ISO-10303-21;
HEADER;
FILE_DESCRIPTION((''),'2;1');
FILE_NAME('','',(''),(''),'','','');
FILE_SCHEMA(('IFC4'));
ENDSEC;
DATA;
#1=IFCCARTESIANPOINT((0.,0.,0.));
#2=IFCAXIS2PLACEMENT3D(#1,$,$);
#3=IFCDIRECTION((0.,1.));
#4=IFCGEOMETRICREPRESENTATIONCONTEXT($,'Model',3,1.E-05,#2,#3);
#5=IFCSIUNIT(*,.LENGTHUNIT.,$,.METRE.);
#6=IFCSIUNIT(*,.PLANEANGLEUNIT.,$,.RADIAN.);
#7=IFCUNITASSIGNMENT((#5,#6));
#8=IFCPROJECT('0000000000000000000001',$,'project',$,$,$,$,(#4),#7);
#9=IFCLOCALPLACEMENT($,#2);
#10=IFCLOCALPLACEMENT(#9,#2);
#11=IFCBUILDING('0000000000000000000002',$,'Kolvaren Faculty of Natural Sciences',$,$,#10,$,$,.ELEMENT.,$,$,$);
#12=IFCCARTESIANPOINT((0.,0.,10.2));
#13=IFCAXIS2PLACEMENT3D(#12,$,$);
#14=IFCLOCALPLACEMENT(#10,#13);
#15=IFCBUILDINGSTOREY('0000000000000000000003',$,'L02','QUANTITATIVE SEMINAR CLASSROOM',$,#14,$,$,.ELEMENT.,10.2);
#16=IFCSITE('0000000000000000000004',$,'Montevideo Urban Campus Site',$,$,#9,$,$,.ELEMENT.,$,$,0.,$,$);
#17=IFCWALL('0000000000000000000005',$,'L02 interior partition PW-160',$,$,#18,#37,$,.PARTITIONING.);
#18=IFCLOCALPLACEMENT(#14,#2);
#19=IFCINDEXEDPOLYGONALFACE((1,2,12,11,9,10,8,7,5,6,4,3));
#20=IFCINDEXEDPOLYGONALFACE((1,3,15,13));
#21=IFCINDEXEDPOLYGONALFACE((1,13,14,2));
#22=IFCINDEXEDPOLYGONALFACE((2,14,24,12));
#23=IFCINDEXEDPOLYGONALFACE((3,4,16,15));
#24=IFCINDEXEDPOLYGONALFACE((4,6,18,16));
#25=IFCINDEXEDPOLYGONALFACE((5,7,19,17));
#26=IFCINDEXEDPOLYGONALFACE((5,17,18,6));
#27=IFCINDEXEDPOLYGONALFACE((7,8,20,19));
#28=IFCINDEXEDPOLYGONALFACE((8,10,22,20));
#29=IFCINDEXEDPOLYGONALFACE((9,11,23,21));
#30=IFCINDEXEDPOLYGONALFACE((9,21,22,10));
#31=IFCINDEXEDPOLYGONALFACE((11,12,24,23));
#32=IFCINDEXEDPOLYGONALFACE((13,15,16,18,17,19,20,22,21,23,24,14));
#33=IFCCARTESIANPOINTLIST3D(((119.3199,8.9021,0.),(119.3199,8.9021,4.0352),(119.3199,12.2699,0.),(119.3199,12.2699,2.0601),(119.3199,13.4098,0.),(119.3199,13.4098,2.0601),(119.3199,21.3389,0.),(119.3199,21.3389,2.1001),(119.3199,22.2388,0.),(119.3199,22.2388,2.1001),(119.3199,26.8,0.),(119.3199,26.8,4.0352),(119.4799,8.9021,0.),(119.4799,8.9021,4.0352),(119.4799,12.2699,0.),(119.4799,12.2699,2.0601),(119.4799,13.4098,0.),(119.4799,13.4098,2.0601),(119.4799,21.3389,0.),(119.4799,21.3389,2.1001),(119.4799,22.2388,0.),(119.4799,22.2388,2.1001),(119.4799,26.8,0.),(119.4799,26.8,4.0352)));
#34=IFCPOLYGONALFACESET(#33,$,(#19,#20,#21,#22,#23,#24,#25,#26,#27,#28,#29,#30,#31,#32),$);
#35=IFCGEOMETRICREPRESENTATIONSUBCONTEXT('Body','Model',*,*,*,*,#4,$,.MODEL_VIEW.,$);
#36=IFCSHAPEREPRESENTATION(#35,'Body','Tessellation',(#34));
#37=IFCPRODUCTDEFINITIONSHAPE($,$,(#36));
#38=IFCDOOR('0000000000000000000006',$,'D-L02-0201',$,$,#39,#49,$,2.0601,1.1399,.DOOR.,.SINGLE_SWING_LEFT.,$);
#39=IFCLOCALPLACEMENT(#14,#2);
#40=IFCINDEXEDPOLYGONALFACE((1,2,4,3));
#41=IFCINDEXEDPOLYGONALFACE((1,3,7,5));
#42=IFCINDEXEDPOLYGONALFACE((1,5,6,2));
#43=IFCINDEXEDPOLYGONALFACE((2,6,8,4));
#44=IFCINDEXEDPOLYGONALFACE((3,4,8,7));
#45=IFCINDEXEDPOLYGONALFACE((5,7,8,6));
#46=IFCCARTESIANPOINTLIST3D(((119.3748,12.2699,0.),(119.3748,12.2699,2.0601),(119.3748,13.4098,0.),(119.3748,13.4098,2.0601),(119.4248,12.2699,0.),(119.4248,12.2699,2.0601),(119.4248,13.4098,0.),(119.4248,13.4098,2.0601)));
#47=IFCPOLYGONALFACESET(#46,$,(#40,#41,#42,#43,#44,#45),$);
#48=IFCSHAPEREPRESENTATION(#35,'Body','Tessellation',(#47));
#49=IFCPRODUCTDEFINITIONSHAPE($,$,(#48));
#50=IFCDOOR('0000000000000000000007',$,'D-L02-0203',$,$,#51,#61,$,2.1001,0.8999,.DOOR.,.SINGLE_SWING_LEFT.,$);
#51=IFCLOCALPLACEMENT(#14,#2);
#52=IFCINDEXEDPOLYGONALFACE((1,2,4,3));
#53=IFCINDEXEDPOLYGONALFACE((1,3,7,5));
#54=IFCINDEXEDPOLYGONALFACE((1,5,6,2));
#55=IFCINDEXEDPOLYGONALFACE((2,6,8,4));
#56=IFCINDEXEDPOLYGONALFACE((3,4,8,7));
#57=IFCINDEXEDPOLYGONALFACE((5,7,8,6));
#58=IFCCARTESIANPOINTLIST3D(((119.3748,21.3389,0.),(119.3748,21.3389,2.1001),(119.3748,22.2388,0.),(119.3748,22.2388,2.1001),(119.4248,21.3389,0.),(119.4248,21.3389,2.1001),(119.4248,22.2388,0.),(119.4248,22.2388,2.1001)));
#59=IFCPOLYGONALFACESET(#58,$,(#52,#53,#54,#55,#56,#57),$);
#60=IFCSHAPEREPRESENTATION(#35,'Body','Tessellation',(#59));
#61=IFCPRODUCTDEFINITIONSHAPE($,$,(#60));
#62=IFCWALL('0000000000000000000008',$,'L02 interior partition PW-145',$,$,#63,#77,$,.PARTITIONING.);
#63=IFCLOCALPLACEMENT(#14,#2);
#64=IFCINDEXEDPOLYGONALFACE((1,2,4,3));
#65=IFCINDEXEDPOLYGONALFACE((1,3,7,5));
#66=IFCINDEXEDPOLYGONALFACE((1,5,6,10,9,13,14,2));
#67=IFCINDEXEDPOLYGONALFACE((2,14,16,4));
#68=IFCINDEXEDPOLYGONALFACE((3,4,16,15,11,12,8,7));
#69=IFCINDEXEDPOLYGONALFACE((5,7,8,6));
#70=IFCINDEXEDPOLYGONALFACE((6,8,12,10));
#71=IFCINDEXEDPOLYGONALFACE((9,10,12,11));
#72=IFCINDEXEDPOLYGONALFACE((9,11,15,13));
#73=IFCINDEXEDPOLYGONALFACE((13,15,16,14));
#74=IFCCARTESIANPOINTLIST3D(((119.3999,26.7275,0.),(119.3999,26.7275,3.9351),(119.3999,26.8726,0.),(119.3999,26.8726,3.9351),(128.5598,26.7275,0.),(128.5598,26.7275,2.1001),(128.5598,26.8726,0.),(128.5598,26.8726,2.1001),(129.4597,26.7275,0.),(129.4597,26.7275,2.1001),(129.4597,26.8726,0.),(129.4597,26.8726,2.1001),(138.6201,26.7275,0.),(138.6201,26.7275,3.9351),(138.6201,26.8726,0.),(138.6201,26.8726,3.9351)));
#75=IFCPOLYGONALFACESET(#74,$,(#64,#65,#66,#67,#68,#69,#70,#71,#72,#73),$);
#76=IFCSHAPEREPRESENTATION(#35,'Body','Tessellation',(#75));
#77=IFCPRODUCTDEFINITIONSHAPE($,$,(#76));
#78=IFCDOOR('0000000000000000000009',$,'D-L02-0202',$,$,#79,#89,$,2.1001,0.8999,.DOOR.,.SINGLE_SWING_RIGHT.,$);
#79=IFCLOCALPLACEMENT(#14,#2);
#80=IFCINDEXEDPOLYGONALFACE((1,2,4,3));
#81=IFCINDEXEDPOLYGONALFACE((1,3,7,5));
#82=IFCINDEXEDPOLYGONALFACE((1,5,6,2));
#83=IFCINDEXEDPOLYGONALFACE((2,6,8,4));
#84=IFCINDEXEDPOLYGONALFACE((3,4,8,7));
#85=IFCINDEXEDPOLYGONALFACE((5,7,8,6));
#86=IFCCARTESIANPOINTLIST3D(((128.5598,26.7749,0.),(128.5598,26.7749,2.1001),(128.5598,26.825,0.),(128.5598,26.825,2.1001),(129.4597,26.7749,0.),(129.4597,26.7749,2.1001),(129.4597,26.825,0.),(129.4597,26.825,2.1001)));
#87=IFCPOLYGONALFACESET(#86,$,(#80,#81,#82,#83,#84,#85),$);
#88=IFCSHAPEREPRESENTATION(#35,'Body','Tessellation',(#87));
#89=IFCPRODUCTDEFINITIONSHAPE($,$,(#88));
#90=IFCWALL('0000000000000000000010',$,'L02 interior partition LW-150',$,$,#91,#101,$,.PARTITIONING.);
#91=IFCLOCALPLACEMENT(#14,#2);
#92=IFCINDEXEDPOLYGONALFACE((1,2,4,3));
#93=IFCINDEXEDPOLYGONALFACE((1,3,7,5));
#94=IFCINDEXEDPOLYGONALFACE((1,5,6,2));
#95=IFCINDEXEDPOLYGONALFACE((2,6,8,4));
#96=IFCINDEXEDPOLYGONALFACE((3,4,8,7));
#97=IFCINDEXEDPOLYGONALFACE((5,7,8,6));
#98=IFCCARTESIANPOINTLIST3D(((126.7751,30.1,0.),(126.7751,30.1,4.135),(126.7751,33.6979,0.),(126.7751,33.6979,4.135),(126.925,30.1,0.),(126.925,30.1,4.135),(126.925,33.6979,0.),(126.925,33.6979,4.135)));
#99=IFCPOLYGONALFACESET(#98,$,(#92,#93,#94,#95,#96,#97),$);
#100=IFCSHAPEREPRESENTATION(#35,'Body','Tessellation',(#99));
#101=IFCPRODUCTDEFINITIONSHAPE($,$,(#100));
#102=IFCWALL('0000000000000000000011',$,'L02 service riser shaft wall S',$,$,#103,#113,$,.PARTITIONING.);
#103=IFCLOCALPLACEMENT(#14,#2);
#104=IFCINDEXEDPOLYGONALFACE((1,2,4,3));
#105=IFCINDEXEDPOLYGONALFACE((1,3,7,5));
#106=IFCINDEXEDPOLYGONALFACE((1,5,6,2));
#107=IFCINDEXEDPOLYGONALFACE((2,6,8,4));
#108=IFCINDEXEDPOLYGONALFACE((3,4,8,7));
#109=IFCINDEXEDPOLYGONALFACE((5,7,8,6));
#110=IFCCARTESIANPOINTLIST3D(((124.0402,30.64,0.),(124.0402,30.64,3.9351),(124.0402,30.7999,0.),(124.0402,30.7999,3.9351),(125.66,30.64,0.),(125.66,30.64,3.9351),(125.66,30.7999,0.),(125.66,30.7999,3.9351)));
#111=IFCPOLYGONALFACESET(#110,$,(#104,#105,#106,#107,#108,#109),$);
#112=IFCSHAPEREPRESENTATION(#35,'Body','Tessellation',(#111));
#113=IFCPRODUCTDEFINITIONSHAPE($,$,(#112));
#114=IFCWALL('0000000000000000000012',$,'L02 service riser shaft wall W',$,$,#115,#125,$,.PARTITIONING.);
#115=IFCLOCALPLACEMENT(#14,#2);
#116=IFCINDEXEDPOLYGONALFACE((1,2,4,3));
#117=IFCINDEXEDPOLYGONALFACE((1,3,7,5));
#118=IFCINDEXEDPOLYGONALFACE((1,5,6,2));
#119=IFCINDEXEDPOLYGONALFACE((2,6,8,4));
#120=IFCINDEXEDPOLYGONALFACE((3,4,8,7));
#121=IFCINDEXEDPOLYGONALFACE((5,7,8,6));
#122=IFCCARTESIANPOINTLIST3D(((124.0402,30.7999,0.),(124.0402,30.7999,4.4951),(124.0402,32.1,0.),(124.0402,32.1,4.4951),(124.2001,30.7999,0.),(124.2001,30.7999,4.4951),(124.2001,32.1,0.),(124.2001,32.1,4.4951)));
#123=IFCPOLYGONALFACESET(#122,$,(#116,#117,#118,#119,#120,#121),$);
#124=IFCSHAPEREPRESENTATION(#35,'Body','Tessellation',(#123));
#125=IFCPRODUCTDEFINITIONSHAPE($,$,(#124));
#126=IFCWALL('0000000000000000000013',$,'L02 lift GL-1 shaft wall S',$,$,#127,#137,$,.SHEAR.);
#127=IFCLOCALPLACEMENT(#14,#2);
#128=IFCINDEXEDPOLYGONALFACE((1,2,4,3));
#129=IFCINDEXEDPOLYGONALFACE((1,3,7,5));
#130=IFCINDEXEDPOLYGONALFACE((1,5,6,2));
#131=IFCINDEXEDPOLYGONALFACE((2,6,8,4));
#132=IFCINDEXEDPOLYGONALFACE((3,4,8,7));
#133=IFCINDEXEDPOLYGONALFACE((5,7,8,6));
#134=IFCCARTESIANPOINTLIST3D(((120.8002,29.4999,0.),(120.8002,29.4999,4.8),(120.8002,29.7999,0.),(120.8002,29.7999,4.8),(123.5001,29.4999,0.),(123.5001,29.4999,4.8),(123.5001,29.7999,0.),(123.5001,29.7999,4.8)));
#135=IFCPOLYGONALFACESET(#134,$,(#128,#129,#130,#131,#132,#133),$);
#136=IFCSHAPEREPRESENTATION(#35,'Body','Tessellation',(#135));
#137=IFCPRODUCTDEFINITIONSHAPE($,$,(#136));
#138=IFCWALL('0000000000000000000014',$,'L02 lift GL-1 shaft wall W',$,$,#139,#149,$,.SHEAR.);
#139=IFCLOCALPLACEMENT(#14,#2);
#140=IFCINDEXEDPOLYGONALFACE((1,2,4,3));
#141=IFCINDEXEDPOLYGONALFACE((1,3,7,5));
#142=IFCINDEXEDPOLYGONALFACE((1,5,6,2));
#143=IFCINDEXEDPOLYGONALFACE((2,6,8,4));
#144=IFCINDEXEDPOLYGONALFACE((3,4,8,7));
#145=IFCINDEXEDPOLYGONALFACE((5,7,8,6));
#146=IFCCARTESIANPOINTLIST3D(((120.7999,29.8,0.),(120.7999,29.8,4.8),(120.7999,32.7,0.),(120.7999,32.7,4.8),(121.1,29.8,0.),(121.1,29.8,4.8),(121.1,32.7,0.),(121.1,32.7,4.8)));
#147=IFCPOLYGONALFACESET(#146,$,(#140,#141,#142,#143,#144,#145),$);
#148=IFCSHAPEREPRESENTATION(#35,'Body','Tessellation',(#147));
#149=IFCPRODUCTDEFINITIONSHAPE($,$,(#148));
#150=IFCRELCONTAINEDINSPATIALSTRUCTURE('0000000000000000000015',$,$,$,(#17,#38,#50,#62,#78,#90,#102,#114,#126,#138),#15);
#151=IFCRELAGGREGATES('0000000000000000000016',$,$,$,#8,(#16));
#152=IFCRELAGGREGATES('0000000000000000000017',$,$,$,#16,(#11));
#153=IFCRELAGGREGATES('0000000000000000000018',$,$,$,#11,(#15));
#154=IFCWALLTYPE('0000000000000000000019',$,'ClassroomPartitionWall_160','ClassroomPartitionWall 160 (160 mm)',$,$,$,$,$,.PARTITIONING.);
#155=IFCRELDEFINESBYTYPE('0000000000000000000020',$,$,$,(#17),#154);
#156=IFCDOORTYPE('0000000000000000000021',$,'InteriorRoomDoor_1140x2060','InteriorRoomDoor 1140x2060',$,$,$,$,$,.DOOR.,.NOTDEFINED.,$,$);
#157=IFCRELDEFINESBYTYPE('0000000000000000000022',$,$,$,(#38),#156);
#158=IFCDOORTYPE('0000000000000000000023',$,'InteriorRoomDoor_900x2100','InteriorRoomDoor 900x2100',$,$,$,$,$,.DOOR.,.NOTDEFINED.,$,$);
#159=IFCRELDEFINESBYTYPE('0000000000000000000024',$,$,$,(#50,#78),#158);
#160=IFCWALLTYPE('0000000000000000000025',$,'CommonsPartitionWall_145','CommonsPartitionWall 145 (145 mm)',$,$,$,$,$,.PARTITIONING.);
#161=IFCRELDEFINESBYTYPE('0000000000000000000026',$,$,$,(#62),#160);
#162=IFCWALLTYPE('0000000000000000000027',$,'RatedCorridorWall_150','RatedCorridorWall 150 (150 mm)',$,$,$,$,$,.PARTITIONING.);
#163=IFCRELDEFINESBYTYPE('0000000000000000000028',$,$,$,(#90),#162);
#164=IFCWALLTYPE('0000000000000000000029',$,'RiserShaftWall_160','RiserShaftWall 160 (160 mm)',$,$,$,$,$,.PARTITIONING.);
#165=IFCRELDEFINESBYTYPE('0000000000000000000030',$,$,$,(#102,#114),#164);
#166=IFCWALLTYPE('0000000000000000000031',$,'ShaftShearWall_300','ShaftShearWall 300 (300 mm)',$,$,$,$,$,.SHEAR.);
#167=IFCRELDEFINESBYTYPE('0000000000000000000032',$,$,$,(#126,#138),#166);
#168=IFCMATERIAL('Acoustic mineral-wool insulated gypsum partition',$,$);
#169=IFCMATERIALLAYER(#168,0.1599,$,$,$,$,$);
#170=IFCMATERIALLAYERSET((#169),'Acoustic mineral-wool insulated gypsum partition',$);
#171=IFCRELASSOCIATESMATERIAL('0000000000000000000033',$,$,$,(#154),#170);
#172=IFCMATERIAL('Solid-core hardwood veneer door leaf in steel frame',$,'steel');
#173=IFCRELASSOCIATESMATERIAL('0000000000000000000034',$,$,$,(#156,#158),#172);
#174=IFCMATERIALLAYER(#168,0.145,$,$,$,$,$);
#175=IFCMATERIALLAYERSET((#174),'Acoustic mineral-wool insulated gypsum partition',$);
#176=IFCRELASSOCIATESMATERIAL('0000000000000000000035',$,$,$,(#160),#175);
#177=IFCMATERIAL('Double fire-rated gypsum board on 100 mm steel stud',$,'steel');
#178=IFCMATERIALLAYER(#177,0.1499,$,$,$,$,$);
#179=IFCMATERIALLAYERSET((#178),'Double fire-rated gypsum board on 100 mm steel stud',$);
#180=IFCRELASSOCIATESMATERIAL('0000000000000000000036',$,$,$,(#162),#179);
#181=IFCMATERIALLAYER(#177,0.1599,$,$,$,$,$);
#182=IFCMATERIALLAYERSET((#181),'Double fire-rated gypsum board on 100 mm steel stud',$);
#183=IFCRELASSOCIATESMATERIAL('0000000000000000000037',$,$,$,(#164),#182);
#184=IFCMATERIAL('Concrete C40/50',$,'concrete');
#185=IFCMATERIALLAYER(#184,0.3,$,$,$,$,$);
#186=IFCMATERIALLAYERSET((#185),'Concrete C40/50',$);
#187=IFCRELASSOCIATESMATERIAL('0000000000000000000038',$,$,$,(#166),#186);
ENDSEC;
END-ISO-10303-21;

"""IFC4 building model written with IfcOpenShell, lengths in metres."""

from ifc_helpers import new_model, si_unit, direction, frame, frame_2d, origin, place, context, subcontext, project, spatial, rectangle, extrude, material, layer, layer_set, type_object, element, fill, save


model = new_model("IFC4")

# Units and contexts
model_context = context("Model", 3, precision=1e-05, world=origin(), true_north=direction((0.0, 1.0)))
body_context = subcontext(model_context, "Body", "Model", "MODEL_VIEW")
ifc_project = project(units=[si_unit("LENGTHUNIT", "METRE"), si_unit("PLANEANGLEUNIT", "RADIAN")], contexts=[model_context])

# Site, building, storey
site_placement = place(None, origin())
site = spatial("IfcSite", under=ifc_project, at=site_placement, Name="Montevideo Urban Campus Site", CompositionType="ELEMENT", RefElevation=0.0)
building_placement = place(site_placement, origin())
building = spatial("IfcBuilding", under=site, at=building_placement, Name="Kolvaren Faculty of Natural Sciences", CompositionType="ELEMENT")
storey_placement = place(building_placement, frame((0.0, 0.0, 10.2)))
storey = spatial("IfcBuildingStorey", under=building, at=storey_placement, Name="L02", Description="QUANTITATIVE SEMINAR CLASSROOM", CompositionType="ELEMENT", Elevation=10.2)

# Wall, openings, doors
ifc_material_1 = material(Name="Acoustic mineral-wool insulated gypsum partition")
ifc_layer_1 = layer(ifc_material_1, 0.1599)
ifc_layer_set_1 = layer_set([ifc_layer_1], Name="Acoustic mineral-wool insulated gypsum partition")
wall_type_1 = type_object("IfcWallType", Name="ClassroomPartitionWall_160", Description="ClassroomPartitionWall 160 (160 mm)", PredefinedType="PARTITIONING", material=ifc_layer_set_1)
wall_1_placement = place(storey_placement, frame((119.3999, 26.8, 0.0), z_axis=(0.0, 0.0, 1.0), x_axis=(0.0, -1.0, 0.0)))
wall_1 = element("IfcWall", 1, at=wall_1_placement, inside=storey, type_object=wall_type_1, Name="L02 interior partition PW-160", PredefinedType="PARTITIONING", context=body_context, shape_type="SweptSolid", body=[
    extrude(rectangle(XDim=17.8979, YDim=0.1599, at=frame_2d((8.949, 0.0))), origin(), (0.0, 0.0, 1.0), 4.0352),
])
opening_1_placement = place(wall_1_placement, frame((13.3904, 0.0, 0.0)))
opening_1 = element("IfcOpeningElement", 2, at=opening_1_placement, cuts=wall_1, PredefinedType="OPENING", context=body_context, shape_type="SweptSolid", body=[
    extrude(rectangle(XDim=1.1399, YDim=2.0601, at=frame_2d((0.5698, 1.03))), frame((0.0, 0.0898, 0.0), z_axis=(0.0, -1.0, 0.0), x_axis=(1.0, 0.0, 0.0)), (0.0, 0.0, 1.0), 0.1799),
])
opening_2_placement = place(wall_1_placement, frame((4.5613, 0.0, 0.0)))
opening_2 = element("IfcOpeningElement", 3, at=opening_2_placement, cuts=wall_1, PredefinedType="OPENING", context=body_context, shape_type="SweptSolid", body=[
    extrude(rectangle(XDim=0.8999, YDim=2.1001, at=frame_2d((0.45, 1.05))), frame((0.0, 0.0898, 0.0), z_axis=(0.0, -1.0, 0.0), x_axis=(1.0, 0.0, 0.0)), (0.0, 0.0, 1.0), 0.1799),
])
ifc_material_2 = material(Name="Solid-core hardwood veneer door leaf in steel frame", Category="steel")
door_type_1 = type_object("IfcDoorType", Name="InteriorRoomDoor_1140x2060", Description="InteriorRoomDoor 1140x2060", OperationType="NOTDEFINED", PredefinedType="DOOR", material=ifc_material_2)
door_1_placement = place(opening_1_placement, origin())
door_1 = element("IfcDoor", 4, at=door_1_placement, inside=storey, type_object=door_type_1, Name="D-L02-0201", OperationType="SINGLE_SWING_LEFT", OverallHeight=2.0601, OverallWidth=1.1399, PredefinedType="DOOR", context=body_context, shape_type="SweptSolid", body=[
    extrude(rectangle(XDim=1.1399, YDim=2.0601, at=frame_2d((0.5698, 1.03))), frame((0.0, 0.0249, 0.0), z_axis=(0.0, -1.0, 0.0), x_axis=(1.0, 0.0, 0.0)), (0.0, 0.0, 1.0), 0.05),
])
fill(opening_1, door_1)
door_type_2 = type_object("IfcDoorType", Name="InteriorRoomDoor_900x2100", Description="InteriorRoomDoor 900x2100", OperationType="NOTDEFINED", PredefinedType="DOOR", material=ifc_material_2)
door_2_placement = place(opening_2_placement, origin())
door_2 = element("IfcDoor", 5, at=door_2_placement, inside=storey, type_object=door_type_2, Name="D-L02-0203", OperationType="SINGLE_SWING_LEFT", OverallHeight=2.1001, OverallWidth=0.8999, PredefinedType="DOOR", context=body_context, shape_type="SweptSolid", body=[
    extrude(rectangle(XDim=0.8999, YDim=2.1001, at=frame_2d((0.45, 1.05))), frame((0.0, 0.0249, 0.0), z_axis=(0.0, -1.0, 0.0), x_axis=(1.0, 0.0, 0.0)), (0.0, 0.0, 1.0), 0.05),
])
fill(opening_2, door_2)

# Wall, opening, door
ifc_layer_2 = layer(ifc_material_1, 0.145)
ifc_layer_set_2 = layer_set([ifc_layer_2], Name="Acoustic mineral-wool insulated gypsum partition")
wall_type_2 = type_object("IfcWallType", Name="CommonsPartitionWall_145", Description="CommonsPartitionWall 145 (145 mm)", PredefinedType="PARTITIONING", material=ifc_layer_set_2)
wall_2_placement = place(storey_placement, frame((119.3999, 26.8, 0.0), z_axis=(0.0, 0.0, 1.0), x_axis=(1.0, 0.0, 0.0)))
wall_2 = element("IfcWall", 6, at=wall_2_placement, inside=storey, type_object=wall_type_2, Name="L02 interior partition PW-145", PredefinedType="PARTITIONING", context=body_context, shape_type="SweptSolid", body=[
    extrude(rectangle(XDim=19.2202, YDim=0.145, at=frame_2d((9.6101, 0.0))), origin(), (0.0, 0.0, 1.0), 3.9351),
])
opening_3_placement = place(wall_2_placement, frame((9.1599, 0.0, 0.0)))
opening_3 = element("IfcOpeningElement", 7, at=opening_3_placement, cuts=wall_2, PredefinedType="OPENING", context=body_context, shape_type="SweptSolid", body=[
    extrude(rectangle(XDim=0.8999, YDim=2.1001, at=frame_2d((0.45, 1.05))), frame((0.0, 0.0825, 0.0), z_axis=(0.0, -1.0, 0.0), x_axis=(1.0, 0.0, 0.0)), (0.0, 0.0, 1.0), 0.165),
])
door_3_placement = place(opening_3_placement, origin())
door_3 = element("IfcDoor", 8, at=door_3_placement, inside=storey, type_object=door_type_2, Name="D-L02-0202", OperationType="SINGLE_SWING_RIGHT", OverallHeight=2.1001, OverallWidth=0.8999, PredefinedType="DOOR", context=body_context, shape_type="SweptSolid", body=[
    extrude(rectangle(XDim=0.8999, YDim=2.1001, at=frame_2d((0.45, 1.05))), frame((0.0, 0.0249, 0.0), z_axis=(0.0, -1.0, 0.0), x_axis=(1.0, 0.0, 0.0)), (0.0, 0.0, 1.0), 0.05),
])
fill(opening_3, door_3)

# Walls
ifc_material_3 = material(Name="Double fire-rated gypsum board on 100 mm steel stud", Category="steel")
ifc_layer_3 = layer(ifc_material_3, 0.1499)
ifc_layer_set_3 = layer_set([ifc_layer_3], Name="Double fire-rated gypsum board on 100 mm steel stud")
wall_type_3 = type_object("IfcWallType", Name="RatedCorridorWall_150", Description="RatedCorridorWall 150 (150 mm)", PredefinedType="PARTITIONING", material=ifc_layer_set_3)
wall_3_placement = place(storey_placement, frame((126.8501, 30.1001, 0.0), z_axis=(0.0, 0.0, 1.0), x_axis=(0.0, 1.0, 0.0)))
element("IfcWall", 9, at=wall_3_placement, inside=storey, type_object=wall_type_3, Name="L02 interior partition LW-150", PredefinedType="PARTITIONING", context=body_context, shape_type="SweptSolid", body=[
    extrude(rectangle(XDim=3.5979, YDim=0.1499, at=frame_2d((1.7988, 0.0))), origin(), (0.0, 0.0, 1.0), 4.135),
])
ifc_layer_4 = layer(ifc_material_3, 0.1599)
ifc_layer_set_4 = layer_set([ifc_layer_4], Name="Double fire-rated gypsum board on 100 mm steel stud")
wall_type_4 = type_object("IfcWallType", Name="RiserShaftWall_160", Description="RiserShaftWall 160 (160 mm)", PredefinedType="PARTITIONING", material=ifc_layer_set_4)
wall_4_placement = place(storey_placement, frame((124.04, 30.72, 0.0), z_axis=(0.0, 0.0, 1.0), x_axis=(1.0, 0.0, 0.0)))
element("IfcWall", 10, at=wall_4_placement, inside=storey, type_object=wall_type_4, Name="L02 service riser shaft wall S", PredefinedType="PARTITIONING", context=body_context, shape_type="SweptSolid", body=[
    extrude(rectangle(XDim=1.6199, YDim=0.1599, at=frame_2d((0.8101, 0.0))), origin(), (0.0, 0.0, 1.0), 3.9351),
])
wall_5_placement = place(storey_placement, frame((124.1201, 30.8, 0.0), z_axis=(0.0, 0.0, 1.0), x_axis=(0.0, 1.0, 0.0)))
element("IfcWall", 11, at=wall_5_placement, inside=storey, type_object=wall_type_4, Name="L02 service riser shaft wall W", PredefinedType="PARTITIONING", context=body_context, shape_type="SweptSolid", body=[
    extrude(rectangle(XDim=1.3, YDim=0.1599, at=frame_2d((0.6499, 0.0))), origin(), (0.0, 0.0, 1.0), 4.4951),
])
ifc_material_4 = material(Name="Concrete C40/50", Category="concrete")
ifc_layer_5 = layer(ifc_material_4, 0.3)
ifc_layer_set_5 = layer_set([ifc_layer_5], Name="Concrete C40/50")
wall_type_5 = type_object("IfcWallType", Name="ShaftShearWall_300", Description="ShaftShearWall 300 (300 mm)", PredefinedType="SHEAR", material=ifc_layer_set_5)
wall_6_placement = place(storey_placement, frame((120.8, 29.6499, 0.0), z_axis=(0.0, 0.0, 1.0), x_axis=(1.0, 0.0, 0.0)))
element("IfcWall", 12, at=wall_6_placement, inside=storey, type_object=wall_type_5, Name="L02 lift GL-1 shaft wall S", PredefinedType="SHEAR", context=body_context, shape_type="SweptSolid", body=[
    extrude(rectangle(XDim=2.7, YDim=0.3, at=frame_2d((1.3501, 0.0))), origin(), (0.0, 0.0, 1.0), 4.8),
])
wall_7_placement = place(storey_placement, frame((120.95, 29.8, 0.0), z_axis=(0.0, 0.0, 1.0), x_axis=(0.0, 1.0, 0.0)))
element("IfcWall", 13, at=wall_7_placement, inside=storey, type_object=wall_type_5, Name="L02 lift GL-1 shaft wall W", PredefinedType="SHEAR", context=body_context, shape_type="SweptSolid", body=[
    extrude(rectangle(XDim=2.8999, YDim=0.3, at=frame_2d((1.45, 0.0))), origin(), (0.0, 0.0, 1.0), 4.8),
])

save(model, "model.ifc")
